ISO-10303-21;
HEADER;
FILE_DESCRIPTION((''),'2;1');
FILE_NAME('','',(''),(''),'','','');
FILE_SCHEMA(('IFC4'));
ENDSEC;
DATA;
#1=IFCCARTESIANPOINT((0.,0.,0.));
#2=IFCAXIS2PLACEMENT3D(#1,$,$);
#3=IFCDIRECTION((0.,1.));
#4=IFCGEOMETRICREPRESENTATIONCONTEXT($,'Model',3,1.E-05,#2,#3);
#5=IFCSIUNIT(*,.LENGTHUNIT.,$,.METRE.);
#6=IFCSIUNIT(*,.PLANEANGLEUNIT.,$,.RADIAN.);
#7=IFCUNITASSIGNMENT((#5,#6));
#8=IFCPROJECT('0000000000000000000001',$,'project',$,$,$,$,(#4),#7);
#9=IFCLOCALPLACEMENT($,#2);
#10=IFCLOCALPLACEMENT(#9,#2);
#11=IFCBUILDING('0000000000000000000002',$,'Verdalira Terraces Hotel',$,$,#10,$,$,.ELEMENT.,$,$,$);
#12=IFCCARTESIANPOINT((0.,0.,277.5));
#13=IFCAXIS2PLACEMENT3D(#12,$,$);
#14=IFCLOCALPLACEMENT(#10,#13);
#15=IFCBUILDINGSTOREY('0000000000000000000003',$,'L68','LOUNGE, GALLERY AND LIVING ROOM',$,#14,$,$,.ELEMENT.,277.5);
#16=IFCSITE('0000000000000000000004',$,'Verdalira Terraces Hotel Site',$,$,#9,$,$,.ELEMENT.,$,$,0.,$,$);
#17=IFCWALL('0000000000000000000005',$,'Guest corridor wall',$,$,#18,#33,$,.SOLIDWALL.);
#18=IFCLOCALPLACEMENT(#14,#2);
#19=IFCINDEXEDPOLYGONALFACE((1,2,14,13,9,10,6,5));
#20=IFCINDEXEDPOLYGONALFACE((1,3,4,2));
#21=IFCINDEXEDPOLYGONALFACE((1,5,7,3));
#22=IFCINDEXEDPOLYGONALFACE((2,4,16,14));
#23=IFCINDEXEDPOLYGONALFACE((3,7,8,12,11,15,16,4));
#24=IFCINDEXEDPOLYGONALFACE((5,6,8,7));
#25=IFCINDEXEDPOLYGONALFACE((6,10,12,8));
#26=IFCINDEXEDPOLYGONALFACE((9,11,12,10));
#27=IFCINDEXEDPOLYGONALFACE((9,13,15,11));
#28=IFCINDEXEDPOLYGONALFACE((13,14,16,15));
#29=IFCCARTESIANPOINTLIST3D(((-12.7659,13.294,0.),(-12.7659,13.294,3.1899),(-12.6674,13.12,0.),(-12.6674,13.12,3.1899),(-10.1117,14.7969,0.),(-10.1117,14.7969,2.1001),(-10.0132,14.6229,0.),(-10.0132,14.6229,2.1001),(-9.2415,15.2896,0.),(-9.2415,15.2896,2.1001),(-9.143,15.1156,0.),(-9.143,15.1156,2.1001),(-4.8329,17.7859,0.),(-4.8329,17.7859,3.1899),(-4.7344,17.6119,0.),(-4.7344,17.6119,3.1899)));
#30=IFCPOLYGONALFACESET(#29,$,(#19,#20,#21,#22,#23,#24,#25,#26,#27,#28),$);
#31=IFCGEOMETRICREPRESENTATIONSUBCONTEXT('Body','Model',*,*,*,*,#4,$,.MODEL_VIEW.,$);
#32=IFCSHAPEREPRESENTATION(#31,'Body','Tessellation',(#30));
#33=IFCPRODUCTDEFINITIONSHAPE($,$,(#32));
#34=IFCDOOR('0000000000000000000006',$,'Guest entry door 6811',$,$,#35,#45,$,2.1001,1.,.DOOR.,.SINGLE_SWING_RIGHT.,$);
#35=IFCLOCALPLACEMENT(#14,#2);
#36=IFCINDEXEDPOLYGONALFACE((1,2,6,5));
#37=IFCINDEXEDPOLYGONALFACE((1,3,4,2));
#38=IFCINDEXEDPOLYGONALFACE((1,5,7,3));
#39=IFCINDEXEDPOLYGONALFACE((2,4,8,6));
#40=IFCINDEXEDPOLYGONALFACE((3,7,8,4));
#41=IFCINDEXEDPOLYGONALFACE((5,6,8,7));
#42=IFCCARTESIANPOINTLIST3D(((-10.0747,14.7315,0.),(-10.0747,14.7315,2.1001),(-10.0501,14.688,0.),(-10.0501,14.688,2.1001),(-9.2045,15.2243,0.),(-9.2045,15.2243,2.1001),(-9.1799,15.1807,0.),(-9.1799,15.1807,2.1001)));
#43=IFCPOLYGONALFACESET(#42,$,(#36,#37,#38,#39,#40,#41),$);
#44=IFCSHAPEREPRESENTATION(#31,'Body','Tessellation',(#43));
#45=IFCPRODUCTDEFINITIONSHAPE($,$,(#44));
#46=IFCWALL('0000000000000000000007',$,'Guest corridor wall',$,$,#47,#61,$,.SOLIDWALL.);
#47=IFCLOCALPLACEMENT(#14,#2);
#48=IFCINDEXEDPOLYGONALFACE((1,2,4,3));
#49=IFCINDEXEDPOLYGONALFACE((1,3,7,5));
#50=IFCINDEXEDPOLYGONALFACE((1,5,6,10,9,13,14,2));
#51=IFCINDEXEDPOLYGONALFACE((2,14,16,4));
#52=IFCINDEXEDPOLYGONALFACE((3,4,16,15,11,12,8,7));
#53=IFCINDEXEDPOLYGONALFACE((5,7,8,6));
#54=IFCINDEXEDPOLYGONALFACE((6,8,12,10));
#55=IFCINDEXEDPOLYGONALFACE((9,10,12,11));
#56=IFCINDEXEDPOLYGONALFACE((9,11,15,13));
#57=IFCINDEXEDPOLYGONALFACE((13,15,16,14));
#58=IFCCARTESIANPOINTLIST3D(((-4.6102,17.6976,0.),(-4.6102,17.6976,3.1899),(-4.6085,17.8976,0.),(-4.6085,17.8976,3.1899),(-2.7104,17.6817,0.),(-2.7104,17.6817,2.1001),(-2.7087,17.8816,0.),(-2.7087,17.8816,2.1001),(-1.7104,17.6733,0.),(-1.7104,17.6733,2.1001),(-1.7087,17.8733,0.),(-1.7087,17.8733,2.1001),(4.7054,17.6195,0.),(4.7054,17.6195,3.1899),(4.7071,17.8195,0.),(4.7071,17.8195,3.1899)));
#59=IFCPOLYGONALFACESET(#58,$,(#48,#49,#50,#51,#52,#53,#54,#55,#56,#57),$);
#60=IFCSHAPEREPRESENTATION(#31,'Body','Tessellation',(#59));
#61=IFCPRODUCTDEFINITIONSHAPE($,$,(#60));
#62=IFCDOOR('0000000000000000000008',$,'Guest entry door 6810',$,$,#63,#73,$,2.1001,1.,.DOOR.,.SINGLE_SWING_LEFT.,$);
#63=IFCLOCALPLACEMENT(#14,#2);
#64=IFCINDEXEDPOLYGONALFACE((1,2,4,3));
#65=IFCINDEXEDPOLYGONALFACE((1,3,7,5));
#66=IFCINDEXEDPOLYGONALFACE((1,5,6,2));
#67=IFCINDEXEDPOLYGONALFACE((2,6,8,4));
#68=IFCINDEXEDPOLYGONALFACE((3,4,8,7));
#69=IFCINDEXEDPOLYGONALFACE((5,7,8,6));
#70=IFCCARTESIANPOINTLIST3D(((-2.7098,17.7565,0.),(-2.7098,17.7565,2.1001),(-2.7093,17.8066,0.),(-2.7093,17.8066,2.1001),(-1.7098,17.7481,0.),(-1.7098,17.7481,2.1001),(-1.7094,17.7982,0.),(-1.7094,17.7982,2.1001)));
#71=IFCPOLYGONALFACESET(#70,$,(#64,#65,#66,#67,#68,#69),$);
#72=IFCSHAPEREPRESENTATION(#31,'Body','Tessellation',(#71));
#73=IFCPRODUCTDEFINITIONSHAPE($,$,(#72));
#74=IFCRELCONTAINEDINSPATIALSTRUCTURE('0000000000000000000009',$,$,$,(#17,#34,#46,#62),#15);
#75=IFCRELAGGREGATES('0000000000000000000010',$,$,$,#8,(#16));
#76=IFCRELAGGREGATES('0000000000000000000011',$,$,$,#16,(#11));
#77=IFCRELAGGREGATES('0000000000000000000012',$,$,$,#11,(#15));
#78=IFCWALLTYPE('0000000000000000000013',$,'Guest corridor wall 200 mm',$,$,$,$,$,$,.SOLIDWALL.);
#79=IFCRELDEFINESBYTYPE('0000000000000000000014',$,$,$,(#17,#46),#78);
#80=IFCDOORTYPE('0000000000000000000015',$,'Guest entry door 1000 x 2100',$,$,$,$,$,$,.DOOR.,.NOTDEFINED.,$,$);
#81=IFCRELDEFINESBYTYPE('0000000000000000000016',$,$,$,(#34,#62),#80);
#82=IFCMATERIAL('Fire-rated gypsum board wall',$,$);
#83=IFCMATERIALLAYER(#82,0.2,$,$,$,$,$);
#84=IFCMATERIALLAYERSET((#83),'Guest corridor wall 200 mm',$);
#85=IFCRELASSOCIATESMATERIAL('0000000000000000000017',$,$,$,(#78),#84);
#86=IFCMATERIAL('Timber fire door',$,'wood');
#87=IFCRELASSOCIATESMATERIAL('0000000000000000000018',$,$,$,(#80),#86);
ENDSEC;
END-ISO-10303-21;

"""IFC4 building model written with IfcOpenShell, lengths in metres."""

from ifc_helpers import new_model, si_unit, direction, frame, frame_2d, origin, place, context, subcontext, project, spatial, rectangle, extrude, material, layer, layer_set, type_object, element, fill, save


model = new_model("IFC4")

# Units and contexts
model_context = context("Model", 3, precision=1e-05, world=origin(), true_north=direction((0.0, 1.0)))
body_context = subcontext(model_context, "Body", "Model", "MODEL_VIEW")
ifc_project = project(units=[si_unit("LENGTHUNIT", "METRE"), si_unit("PLANEANGLEUNIT", "RADIAN")], contexts=[model_context])

# Site, building, storey
site_placement = place(None, origin())
site = spatial("IfcSite", under=ifc_project, at=site_placement, Name="Verdalira Terraces Hotel Site", CompositionType="ELEMENT", RefElevation=0.0)
building_placement = place(site_placement, origin())
building = spatial("IfcBuilding", under=site, at=building_placement, Name="Verdalira Terraces Hotel", CompositionType="ELEMENT")
storey_placement = place(building_placement, frame((0.0, 0.0, 277.5)))
storey = spatial("IfcBuildingStorey", under=building, at=storey_placement, Name="L68", Description="LOUNGE, GALLERY AND LIVING ROOM", CompositionType="ELEMENT", Elevation=277.5)

# Walls, openings, doors
ifc_material_1 = material(Name="Fire-rated gypsum board wall")
ifc_layer_1 = layer(ifc_material_1, 0.2)
ifc_layer_set_1 = layer_set([ifc_layer_1], Name="Guest corridor wall 200 mm")
wall_type_1 = type_object("IfcWallType", Name="Guest corridor wall 200 mm", PredefinedType="SOLIDWALL", material=ifc_layer_set_1)
wall_1_placement = place(storey_placement, frame((-12.7166, 13.207, 0.0), z_axis=(0.0, 0.0, 1.0), x_axis=(0.870186, 0.492723, 0.0)))
wall_1 = element("IfcWall", 1, at=wall_1_placement, inside=storey, type_object=wall_type_1, Name="Guest corridor wall", PredefinedType="SOLIDWALL", context=body_context, shape_type="SweptSolid", body=[
    extrude(rectangle(XDim=9.1165, YDim=0.2, at=frame_2d((4.5581, 0.0))), origin(), (0.0, 0.0, 1.0), 3.1899),
])
opening_1_placement = place(wall_1_placement, frame((3.05, 0.0, 0.0)))
opening_1 = element("IfcOpeningElement", 2, at=opening_1_placement, cuts=wall_1, PredefinedType="OPENING", context=body_context, shape_type="SweptSolid", body=[
    extrude(rectangle(XDim=1.0, YDim=2.1001, at=frame_2d((0.5, 1.05))), frame((0.0, 0.1099, 0.0), z_axis=(0.0, -1.0, 0.0), x_axis=(1.0, 0.0, 0.0)), (0.0, 0.0, 1.0), 0.22),
])
ifc_material_2 = material(Name="Timber fire door", Category="wood")
door_type_1 = type_object("IfcDoorType", Name="Guest entry door 1000 x 2100", OperationType="NOTDEFINED", PredefinedType="DOOR", material=ifc_material_2)
door_1_placement = place(opening_1_placement, origin())
door_1 = element("IfcDoor", 3, at=door_1_placement, inside=storey, type_object=door_type_1, Name="Guest entry door 6811", OperationType="SINGLE_SWING_RIGHT", OverallHeight=2.1001, OverallWidth=1.0, PredefinedType="DOOR", context=body_context, shape_type="SweptSolid", body=[
    extrude(rectangle(XDim=1.0, YDim=2.1001, at=frame_2d((0.5, 1.05))), frame((0.0, 0.0249, 0.0), z_axis=(0.0, -1.0, 0.0), x_axis=(1.0, 0.0, 0.0)), (0.0, 0.0, 1.0), 0.05),
])
fill(opening_1, door_1)
wall_2_placement = place(storey_placement, frame((-4.6094, 17.7976, 0.0), z_axis=(0.0, 0.0, 1.0), x_axis=(0.999965, -0.008386, 0.0)))
wall_2 = element("IfcWall", 4, at=wall_2_placement, inside=storey, type_object=wall_type_1, Name="Guest corridor wall", PredefinedType="SOLIDWALL", context=body_context, shape_type="SweptSolid", body=[
    extrude(rectangle(XDim=9.3159, YDim=0.2, at=frame_2d((4.658, 0.0))), origin(), (0.0, 0.0, 1.0), 3.1899),
])
opening_2_placement = place(wall_2_placement, frame((1.8999, 0.0, 0.0)))
opening_2 = element("IfcOpeningElement", 5, at=opening_2_placement, cuts=wall_2, PredefinedType="OPENING", context=body_context, shape_type="SweptSolid", body=[
    extrude(rectangle(XDim=1.0, YDim=2.1001, at=frame_2d((0.5, 1.05))), frame((0.0, 0.1099, 0.0), z_axis=(0.0, -1.0, 0.0), x_axis=(1.0, 0.0, 0.0)), (0.0, 0.0, 1.0), 0.22),
])
door_2_placement = place(opening_2_placement, origin())
door_2 = element("IfcDoor", 6, at=door_2_placement, inside=storey, type_object=door_type_1, Name="Guest entry door 6810", OperationType="SINGLE_SWING_LEFT", OverallHeight=2.1001, OverallWidth=1.0, PredefinedType="DOOR", context=body_context, shape_type="SweptSolid", body=[
    extrude(rectangle(XDim=1.0, YDim=2.1001, at=frame_2d((0.5, 1.05))), frame((0.0, 0.0249, 0.0), z_axis=(0.0, -1.0, 0.0), x_axis=(1.0, 0.0, 0.0)), (0.0, 0.0, 1.0), 0.05),
])
fill(opening_2, door_2)

save(model, "model.ifc")
